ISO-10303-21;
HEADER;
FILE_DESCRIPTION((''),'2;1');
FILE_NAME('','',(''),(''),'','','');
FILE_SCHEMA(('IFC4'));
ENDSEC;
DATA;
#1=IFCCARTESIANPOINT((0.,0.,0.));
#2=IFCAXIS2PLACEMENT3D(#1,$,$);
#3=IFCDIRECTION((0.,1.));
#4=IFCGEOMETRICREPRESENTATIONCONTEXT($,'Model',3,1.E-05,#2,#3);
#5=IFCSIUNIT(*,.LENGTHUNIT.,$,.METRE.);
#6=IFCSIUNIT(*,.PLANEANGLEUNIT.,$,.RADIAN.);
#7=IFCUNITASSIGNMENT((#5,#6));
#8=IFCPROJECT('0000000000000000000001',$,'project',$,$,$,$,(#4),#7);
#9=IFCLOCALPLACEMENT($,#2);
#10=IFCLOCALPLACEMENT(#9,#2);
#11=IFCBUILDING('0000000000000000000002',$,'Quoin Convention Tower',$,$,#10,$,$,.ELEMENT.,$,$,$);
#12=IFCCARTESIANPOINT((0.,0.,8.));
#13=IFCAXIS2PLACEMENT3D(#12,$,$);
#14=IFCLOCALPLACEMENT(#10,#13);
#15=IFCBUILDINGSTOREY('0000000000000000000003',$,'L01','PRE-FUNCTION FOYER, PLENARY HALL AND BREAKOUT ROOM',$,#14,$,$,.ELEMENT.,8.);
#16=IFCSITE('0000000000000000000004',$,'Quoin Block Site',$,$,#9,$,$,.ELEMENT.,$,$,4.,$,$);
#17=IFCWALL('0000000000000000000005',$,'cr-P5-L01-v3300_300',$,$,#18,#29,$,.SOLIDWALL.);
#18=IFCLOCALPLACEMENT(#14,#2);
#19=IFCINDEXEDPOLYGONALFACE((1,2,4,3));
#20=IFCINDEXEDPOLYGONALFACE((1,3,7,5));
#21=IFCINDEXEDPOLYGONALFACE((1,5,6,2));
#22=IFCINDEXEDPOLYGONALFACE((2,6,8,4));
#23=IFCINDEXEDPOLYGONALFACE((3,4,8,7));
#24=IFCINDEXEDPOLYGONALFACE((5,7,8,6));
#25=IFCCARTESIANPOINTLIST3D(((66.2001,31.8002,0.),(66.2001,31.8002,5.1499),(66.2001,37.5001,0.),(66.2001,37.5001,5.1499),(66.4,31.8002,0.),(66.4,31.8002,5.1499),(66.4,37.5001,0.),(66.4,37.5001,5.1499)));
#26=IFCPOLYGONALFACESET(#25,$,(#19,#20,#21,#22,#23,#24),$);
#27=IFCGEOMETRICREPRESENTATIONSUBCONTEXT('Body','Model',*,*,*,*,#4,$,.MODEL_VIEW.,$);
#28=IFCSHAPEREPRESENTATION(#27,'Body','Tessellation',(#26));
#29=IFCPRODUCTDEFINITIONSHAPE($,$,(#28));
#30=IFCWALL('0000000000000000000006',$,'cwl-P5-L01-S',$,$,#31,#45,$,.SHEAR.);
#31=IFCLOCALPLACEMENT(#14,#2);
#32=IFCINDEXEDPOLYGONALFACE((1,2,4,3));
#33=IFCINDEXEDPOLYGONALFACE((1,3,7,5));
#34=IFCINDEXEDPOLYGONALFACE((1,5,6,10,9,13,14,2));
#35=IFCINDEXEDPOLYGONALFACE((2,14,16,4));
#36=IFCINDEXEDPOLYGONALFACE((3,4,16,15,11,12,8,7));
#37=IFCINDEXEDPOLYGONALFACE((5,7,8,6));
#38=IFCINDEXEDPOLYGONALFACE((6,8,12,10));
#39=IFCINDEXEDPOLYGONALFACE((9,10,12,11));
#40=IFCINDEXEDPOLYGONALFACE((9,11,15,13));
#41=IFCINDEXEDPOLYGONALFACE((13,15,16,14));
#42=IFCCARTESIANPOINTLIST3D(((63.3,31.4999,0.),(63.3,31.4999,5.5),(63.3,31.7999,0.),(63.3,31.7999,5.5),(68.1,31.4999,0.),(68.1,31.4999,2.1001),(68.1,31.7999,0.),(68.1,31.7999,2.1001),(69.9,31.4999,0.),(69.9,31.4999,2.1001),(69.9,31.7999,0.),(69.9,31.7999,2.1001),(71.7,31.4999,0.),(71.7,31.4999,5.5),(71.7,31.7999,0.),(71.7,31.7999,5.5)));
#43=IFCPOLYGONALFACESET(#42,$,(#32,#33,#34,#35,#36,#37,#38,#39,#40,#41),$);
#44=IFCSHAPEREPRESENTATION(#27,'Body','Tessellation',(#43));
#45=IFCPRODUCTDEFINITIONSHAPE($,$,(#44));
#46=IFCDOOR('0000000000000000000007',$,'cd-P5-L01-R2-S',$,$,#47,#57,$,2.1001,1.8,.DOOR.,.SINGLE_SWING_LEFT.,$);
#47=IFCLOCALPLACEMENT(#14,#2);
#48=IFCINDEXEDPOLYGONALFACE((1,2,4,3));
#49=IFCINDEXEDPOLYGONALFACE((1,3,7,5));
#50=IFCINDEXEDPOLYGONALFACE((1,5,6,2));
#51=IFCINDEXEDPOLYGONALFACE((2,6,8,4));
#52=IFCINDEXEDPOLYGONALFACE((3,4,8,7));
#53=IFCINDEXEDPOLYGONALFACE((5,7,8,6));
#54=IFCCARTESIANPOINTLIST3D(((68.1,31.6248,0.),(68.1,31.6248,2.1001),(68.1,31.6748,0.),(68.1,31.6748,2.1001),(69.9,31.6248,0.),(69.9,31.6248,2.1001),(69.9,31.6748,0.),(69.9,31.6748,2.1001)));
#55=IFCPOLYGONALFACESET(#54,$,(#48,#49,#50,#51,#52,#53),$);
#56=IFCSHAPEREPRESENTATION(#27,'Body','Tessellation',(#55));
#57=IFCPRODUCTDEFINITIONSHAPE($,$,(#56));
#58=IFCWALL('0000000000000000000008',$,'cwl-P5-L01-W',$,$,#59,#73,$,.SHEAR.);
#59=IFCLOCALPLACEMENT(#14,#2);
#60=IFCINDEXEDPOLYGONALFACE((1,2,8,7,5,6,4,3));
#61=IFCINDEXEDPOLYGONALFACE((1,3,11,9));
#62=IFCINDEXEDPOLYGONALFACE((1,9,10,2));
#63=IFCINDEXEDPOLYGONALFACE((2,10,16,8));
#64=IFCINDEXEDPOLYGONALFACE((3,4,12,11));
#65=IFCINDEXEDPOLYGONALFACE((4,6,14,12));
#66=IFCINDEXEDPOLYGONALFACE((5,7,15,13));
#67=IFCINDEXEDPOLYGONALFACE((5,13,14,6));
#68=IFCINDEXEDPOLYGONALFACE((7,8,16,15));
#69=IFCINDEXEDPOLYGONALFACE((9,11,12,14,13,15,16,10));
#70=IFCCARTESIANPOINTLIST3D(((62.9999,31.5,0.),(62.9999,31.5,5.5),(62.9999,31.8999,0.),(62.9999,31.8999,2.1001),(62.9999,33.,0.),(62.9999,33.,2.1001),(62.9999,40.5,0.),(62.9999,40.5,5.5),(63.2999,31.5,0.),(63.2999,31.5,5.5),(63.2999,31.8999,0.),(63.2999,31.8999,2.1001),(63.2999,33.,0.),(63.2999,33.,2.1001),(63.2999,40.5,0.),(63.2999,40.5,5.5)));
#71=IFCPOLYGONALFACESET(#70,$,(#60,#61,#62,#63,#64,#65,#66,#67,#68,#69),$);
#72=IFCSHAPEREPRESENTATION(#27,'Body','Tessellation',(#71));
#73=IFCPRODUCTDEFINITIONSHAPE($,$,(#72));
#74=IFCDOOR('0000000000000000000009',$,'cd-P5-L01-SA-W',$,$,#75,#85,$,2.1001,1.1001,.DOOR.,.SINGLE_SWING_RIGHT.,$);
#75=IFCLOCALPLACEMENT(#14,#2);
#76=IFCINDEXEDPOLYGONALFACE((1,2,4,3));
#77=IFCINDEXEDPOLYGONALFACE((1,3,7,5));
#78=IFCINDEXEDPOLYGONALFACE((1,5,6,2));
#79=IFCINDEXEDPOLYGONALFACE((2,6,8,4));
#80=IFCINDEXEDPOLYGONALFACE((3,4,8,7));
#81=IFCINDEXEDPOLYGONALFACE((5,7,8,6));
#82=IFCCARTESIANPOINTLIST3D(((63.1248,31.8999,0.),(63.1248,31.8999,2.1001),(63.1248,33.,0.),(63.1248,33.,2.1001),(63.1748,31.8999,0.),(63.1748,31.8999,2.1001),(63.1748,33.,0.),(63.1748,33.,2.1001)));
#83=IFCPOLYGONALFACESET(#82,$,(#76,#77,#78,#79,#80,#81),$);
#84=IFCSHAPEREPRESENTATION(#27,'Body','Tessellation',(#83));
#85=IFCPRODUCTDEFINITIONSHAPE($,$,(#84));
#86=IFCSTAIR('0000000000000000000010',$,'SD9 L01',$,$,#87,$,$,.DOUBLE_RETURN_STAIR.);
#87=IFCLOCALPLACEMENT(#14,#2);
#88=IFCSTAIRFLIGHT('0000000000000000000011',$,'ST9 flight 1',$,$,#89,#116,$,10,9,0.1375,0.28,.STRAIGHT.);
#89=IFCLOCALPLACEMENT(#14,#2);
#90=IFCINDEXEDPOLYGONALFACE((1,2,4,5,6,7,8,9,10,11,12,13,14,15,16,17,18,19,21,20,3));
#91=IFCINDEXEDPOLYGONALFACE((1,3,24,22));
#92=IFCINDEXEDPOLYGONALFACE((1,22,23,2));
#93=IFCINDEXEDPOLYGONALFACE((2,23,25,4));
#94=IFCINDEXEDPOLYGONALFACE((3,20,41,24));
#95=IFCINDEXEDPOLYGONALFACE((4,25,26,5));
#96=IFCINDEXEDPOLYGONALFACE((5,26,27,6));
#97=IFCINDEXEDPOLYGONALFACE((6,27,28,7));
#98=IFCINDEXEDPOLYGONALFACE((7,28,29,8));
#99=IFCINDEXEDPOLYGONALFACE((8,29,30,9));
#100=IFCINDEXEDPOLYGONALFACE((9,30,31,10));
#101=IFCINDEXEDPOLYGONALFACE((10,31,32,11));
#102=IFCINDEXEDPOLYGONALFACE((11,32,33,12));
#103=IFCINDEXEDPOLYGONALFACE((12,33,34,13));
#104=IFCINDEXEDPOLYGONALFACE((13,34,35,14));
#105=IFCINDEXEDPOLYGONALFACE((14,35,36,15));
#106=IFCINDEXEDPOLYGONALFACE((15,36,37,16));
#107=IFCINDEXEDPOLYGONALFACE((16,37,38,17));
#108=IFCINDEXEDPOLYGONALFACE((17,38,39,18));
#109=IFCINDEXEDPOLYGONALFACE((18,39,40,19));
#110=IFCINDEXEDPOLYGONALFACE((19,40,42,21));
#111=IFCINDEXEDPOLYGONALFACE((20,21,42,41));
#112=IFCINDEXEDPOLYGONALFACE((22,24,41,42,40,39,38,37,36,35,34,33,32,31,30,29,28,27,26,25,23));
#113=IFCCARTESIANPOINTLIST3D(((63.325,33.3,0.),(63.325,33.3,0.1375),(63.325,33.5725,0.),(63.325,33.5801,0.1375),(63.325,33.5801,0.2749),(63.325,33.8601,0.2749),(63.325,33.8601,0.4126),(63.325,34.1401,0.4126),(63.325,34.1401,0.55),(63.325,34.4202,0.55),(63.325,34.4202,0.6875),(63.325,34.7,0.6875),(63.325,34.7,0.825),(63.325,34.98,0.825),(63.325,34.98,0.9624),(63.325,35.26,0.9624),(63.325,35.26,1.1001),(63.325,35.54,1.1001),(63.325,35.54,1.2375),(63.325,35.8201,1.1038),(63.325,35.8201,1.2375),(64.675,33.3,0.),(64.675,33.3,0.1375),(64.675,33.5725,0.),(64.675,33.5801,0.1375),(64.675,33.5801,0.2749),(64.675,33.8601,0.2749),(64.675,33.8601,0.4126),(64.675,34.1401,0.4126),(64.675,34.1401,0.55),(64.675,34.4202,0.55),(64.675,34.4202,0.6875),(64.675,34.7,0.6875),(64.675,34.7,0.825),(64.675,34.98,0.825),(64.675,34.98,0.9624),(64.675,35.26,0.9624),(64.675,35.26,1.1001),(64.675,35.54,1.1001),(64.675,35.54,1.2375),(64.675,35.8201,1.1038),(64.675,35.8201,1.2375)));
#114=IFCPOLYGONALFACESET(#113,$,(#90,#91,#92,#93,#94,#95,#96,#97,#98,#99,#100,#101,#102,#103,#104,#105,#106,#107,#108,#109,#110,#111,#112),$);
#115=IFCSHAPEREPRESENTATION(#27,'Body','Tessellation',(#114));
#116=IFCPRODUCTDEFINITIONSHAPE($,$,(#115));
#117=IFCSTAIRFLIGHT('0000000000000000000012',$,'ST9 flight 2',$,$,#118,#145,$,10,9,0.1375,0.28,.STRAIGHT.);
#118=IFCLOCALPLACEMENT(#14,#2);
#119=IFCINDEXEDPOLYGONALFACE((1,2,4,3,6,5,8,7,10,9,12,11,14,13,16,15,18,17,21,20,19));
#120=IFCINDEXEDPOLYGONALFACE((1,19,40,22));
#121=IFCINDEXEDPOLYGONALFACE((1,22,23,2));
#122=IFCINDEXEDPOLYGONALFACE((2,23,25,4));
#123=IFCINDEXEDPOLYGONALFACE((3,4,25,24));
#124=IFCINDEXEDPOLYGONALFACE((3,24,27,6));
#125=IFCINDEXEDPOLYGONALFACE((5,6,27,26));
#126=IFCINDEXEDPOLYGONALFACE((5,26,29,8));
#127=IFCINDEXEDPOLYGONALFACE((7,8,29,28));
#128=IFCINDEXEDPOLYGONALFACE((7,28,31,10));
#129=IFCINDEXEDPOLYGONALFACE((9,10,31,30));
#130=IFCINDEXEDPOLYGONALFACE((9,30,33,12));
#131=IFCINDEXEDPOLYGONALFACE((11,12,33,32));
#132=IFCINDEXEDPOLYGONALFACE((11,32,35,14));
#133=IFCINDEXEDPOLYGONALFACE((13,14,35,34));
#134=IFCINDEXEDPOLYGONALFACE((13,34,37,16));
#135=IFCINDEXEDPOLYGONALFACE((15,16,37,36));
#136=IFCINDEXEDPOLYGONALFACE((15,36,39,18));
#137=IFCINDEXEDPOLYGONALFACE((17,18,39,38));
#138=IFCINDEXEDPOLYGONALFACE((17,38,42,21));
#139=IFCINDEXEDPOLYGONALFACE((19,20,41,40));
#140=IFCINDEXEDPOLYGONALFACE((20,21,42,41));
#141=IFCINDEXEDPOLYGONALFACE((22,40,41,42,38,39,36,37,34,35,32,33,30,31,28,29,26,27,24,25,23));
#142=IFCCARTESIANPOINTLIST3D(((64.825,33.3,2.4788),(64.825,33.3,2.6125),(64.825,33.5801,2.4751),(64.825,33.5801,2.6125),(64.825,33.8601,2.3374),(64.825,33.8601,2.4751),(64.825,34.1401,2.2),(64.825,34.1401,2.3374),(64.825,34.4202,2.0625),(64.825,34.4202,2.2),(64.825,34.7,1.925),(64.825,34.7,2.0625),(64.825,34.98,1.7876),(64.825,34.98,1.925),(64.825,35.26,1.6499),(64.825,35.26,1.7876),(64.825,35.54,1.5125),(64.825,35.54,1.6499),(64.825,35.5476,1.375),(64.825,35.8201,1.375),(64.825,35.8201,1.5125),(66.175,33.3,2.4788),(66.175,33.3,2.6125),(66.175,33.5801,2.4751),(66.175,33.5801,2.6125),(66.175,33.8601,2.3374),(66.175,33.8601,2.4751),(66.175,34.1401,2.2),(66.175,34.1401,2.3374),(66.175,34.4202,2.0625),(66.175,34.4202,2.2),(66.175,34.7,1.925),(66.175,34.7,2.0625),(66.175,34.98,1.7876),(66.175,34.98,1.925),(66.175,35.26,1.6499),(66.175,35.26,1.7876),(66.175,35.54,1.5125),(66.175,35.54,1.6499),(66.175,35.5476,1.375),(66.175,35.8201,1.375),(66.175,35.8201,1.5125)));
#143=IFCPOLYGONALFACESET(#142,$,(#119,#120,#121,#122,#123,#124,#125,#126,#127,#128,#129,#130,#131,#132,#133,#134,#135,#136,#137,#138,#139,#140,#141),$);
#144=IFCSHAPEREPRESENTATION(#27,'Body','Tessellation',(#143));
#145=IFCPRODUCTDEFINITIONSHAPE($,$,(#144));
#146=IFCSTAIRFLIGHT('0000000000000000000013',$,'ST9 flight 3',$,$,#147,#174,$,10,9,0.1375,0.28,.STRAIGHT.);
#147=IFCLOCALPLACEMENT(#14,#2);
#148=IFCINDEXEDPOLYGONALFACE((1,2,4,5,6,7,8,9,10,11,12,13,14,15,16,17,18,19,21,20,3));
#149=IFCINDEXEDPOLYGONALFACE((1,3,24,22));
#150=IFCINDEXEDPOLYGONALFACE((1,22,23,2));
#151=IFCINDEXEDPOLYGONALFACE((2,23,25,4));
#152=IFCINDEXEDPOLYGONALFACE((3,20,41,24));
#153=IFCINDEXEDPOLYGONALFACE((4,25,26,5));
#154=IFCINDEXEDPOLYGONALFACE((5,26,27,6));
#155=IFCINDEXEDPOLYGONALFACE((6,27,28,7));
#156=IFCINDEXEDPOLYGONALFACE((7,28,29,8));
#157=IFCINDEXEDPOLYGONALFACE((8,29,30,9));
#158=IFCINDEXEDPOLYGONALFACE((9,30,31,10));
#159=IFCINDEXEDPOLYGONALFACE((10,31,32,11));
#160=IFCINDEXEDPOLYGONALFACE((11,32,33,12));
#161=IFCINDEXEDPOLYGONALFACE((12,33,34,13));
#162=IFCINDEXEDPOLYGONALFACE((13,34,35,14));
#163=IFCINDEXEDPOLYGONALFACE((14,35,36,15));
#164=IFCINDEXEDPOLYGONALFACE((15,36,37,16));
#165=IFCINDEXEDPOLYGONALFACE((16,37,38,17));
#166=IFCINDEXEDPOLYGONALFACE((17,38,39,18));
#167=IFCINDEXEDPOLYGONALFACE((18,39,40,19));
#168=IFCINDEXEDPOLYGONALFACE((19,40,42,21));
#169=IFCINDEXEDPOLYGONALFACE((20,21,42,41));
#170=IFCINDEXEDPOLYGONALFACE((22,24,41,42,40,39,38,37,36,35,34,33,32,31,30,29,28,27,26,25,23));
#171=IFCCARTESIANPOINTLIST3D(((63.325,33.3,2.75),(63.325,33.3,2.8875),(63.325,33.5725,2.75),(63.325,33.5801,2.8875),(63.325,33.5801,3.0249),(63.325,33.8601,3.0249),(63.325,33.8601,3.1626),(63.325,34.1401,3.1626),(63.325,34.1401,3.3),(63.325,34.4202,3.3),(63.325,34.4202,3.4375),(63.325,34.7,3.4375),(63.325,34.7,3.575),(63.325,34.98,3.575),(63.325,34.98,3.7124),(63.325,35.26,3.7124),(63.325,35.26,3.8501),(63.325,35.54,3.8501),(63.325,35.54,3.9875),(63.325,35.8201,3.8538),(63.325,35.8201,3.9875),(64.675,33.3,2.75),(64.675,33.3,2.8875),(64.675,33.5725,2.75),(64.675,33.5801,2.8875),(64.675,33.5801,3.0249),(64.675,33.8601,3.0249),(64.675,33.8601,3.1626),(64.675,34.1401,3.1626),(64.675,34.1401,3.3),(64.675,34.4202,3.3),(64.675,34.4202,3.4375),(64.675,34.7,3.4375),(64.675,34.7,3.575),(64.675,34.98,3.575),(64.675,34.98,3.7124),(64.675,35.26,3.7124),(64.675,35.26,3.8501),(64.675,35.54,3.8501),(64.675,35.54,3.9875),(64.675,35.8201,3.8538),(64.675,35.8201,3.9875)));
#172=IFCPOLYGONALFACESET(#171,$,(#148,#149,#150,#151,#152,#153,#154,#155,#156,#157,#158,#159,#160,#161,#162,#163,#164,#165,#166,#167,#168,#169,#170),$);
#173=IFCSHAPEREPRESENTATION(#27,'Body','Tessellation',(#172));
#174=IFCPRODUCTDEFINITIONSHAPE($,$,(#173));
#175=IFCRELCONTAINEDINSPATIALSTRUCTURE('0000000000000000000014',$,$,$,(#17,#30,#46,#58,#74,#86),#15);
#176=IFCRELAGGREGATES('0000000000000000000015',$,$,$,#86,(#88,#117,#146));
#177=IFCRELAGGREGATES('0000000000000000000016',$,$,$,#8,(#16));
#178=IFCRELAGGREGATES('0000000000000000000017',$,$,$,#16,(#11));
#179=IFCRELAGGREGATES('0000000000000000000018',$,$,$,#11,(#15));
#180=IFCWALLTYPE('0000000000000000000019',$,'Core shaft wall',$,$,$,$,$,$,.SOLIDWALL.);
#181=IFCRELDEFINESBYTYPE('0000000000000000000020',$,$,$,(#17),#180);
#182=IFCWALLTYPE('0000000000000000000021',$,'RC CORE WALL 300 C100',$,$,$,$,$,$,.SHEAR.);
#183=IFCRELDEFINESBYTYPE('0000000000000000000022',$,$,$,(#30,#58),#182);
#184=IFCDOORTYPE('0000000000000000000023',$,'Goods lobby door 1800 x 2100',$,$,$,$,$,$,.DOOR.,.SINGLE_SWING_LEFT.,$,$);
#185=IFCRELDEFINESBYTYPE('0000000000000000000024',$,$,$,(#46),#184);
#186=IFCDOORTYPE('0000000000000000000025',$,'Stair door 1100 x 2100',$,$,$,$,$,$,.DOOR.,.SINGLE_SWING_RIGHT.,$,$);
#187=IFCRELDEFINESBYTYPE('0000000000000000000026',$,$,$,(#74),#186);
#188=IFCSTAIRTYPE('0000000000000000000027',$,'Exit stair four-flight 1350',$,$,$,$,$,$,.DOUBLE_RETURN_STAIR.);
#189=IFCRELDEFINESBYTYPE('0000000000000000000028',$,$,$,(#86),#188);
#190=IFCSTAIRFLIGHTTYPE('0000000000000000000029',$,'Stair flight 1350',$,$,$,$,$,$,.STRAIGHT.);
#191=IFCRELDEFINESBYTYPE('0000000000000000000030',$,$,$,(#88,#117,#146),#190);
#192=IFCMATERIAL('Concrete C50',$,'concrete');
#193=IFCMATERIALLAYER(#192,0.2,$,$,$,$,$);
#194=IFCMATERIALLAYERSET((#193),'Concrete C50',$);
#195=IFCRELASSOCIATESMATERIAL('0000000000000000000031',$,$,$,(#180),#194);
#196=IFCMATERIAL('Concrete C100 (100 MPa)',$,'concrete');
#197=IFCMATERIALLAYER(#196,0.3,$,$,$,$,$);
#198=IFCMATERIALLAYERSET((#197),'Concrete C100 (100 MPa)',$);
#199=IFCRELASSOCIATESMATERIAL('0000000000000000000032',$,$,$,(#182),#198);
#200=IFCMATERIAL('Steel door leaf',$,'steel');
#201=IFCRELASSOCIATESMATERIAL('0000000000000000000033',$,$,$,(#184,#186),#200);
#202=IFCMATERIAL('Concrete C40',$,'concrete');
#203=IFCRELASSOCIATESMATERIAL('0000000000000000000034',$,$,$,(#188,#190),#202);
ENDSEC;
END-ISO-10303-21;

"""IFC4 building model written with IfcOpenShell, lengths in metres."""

from ifc_helpers import new_model, si_unit, direction, frame, frame_2d, origin, place, context, subcontext, project, spatial, polyline, rectangle, outline, extrude, material, layer, layer_set, type_object, element, fill, aggregate, save


model = new_model("IFC4")

# Units and contexts
model_context = context("Model", 3, precision=1e-05, world=origin(), true_north=direction((0.0, 1.0)))
body_context = subcontext(model_context, "Body", "Model", "MODEL_VIEW")
ifc_project = project(units=[si_unit("LENGTHUNIT", "METRE"), si_unit("PLANEANGLEUNIT", "RADIAN")], contexts=[model_context])

# Site, building, storey
site_placement = place(None, origin())
site = spatial("IfcSite", under=ifc_project, at=site_placement, Name="Quoin Block Site", CompositionType="ELEMENT", RefElevation=4.0)
building_placement = place(site_placement, origin())
building = spatial("IfcBuilding", under=site, at=building_placement, Name="Quoin Convention Tower", CompositionType="ELEMENT")
storey_placement = place(building_placement, frame((0.0, 0.0, 8.0)))
storey = spatial("IfcBuildingStorey", under=building, at=storey_placement, Name="L01", Description="PRE-FUNCTION FOYER, PLENARY HALL AND BREAKOUT ROOM", CompositionType="ELEMENT", Elevation=8.0)

# Shared definitions
ifc_material_1 = material(Name="Concrete C100 (100 MPa)", Category="concrete")

# Shared definitions
ifc_material_2 = material(Name="Steel door leaf", Category="steel")

# Shared definitions
ifc_material_3 = material(Name="Concrete C50", Category="concrete")
ifc_layer_1 = layer(ifc_material_3, 0.2)
ifc_layer_set_1 = layer_set([ifc_layer_1], Name="Concrete C50")
wall_type_1 = type_object("IfcWallType", Name="Core shaft wall", PredefinedType="SOLIDWALL", material=ifc_layer_set_1)

# Wall
wall_1_placement = place(storey_placement, frame((66.3, 31.8, 0.0), z_axis=(0.0, 0.0, 1.0), x_axis=(0.0, 1.0, 0.0)))
element("IfcWall", 1, at=wall_1_placement, inside=storey, type_object=wall_type_1, Name="cr-P5-L01-v3300_300", PredefinedType="SOLIDWALL", context=body_context, shape_type="SweptSolid", body=[
    extrude(rectangle(XDim=5.7, YDim=0.2, at=frame_2d((2.8501, 0.0))), origin(), (0.0, 0.0, 1.0), 5.1499),
])

# Walls, openings, doors
ifc_layer_2 = layer(ifc_material_1, 0.3)
ifc_layer_set_2 = layer_set([ifc_layer_2], Name="Concrete C100 (100 MPa)")
wall_type_2 = type_object("IfcWallType", Name="RC CORE WALL 300 C100", PredefinedType="SHEAR", material=ifc_layer_set_2)
wall_2_placement = place(storey_placement, frame((63.3, 31.6499, 0.0), z_axis=(0.0, 0.0, 1.0), x_axis=(1.0, 0.0, 0.0)))
wall_2 = element("IfcWall", 2, at=wall_2_placement, inside=storey, type_object=wall_type_2, Name="cwl-P5-L01-S", PredefinedType="SHEAR", context=body_context, shape_type="SweptSolid", body=[
    extrude(rectangle(XDim=8.3999, YDim=0.3, at=frame_2d((4.2, 0.0))), origin(), (0.0, 0.0, 1.0), 5.5),
])
opening_1_placement = place(wall_2_placement, frame((4.8, 0.0, 0.0)))
opening_1 = element("IfcOpeningElement", 3, at=opening_1_placement, cuts=wall_2, PredefinedType="OPENING", context=body_context, shape_type="SweptSolid", body=[
    extrude(rectangle(XDim=1.8, YDim=2.1001, at=frame_2d((0.8999, 1.05))), frame((0.0, 0.1599, 0.0), z_axis=(0.0, -1.0, 0.0), x_axis=(1.0, 0.0, 0.0)), (0.0, 0.0, 1.0), 0.3201),
])
door_type_1 = type_object("IfcDoorType", Name="Goods lobby door 1800 x 2100", OperationType="SINGLE_SWING_LEFT", PredefinedType="DOOR", material=ifc_material_2)
door_1_placement = place(opening_1_placement, origin())
door_1 = element("IfcDoor", 4, at=door_1_placement, inside=storey, type_object=door_type_1, Name="cd-P5-L01-R2-S", OperationType="SINGLE_SWING_LEFT", OverallHeight=2.1001, OverallWidth=1.8, PredefinedType="DOOR", context=body_context, shape_type="SweptSolid", body=[
    extrude(rectangle(XDim=1.8, YDim=2.1001, at=frame_2d((0.8999, 1.05))), frame((0.0, 0.0249, 0.0), z_axis=(0.0, -1.0, 0.0), x_axis=(1.0, 0.0, 0.0)), (0.0, 0.0, 1.0), 0.05),
])
fill(opening_1, door_1)
wall_3_placement = place(storey_placement, frame((63.1499, 31.5, 0.0), z_axis=(0.0, 0.0, 1.0), x_axis=(0.0, 1.0, 0.0)))
wall_3 = element("IfcWall", 5, at=wall_3_placement, inside=storey, type_object=wall_type_2, Name="cwl-P5-L01-W", PredefinedType="SHEAR", context=body_context, shape_type="SweptSolid", body=[
    extrude(rectangle(XDim=9.0, YDim=0.3, at=frame_2d((4.5, 0.0))), origin(), (0.0, 0.0, 1.0), 5.5),
])
opening_2_placement = place(wall_3_placement, frame((0.3999, 0.0, 0.0)))
opening_2 = element("IfcOpeningElement", 6, at=opening_2_placement, cuts=wall_3, PredefinedType="OPENING", context=body_context, shape_type="SweptSolid", body=[
    extrude(rectangle(XDim=1.1001, YDim=2.1001, at=frame_2d((0.55, 1.05))), frame((0.0, 0.1599, 0.0), z_axis=(0.0, -1.0, 0.0), x_axis=(1.0, 0.0, 0.0)), (0.0, 0.0, 1.0), 0.3201),
])
door_type_2 = type_object("IfcDoorType", Name="Stair door 1100 x 2100", OperationType="SINGLE_SWING_RIGHT", PredefinedType="DOOR", material=ifc_material_2)
door_2_placement = place(opening_2_placement, frame((1.1001, 0.0, 0.0), z_axis=(0.0, 0.0, 1.0), x_axis=(-1.0, 0.0, 0.0)))
door_2 = element("IfcDoor", 7, at=door_2_placement, inside=storey, type_object=door_type_2, Name="cd-P5-L01-SA-W", OperationType="SINGLE_SWING_RIGHT", OverallHeight=2.1001, OverallWidth=1.1001, PredefinedType="DOOR", context=body_context, shape_type="SweptSolid", body=[
    extrude(rectangle(XDim=1.1001, YDim=2.1001, at=frame_2d((0.55, 1.05))), frame((0.0, 0.0249, 0.0), z_axis=(0.0, -1.0, 0.0), x_axis=(1.0, 0.0, 0.0)), (0.0, 0.0, 1.0), 0.05),
])
fill(opening_2, door_2)

# Stair, stair flights
ifc_material_4 = material(Name="Concrete C40", Category="concrete")
stair_type = type_object("IfcStairType", Name="Exit stair four-flight 1350", PredefinedType="DOUBLE_RETURN_STAIR", material=ifc_material_4)
stair_placement = place(storey_placement, origin())
stair = element("IfcStair", 8, at=stair_placement, inside=storey, type_object=stair_type, Name="SD9 L01", PredefinedType="DOUBLE_RETURN_STAIR")
stair_flight_type = type_object("IfcStairFlightType", Name="Stair flight 1350", PredefinedType="STRAIGHT", material=ifc_material_4)
stair_flight_1_placement = place(storey_placement, frame((64.0, 33.3, 0.0), z_axis=(0.0, 0.0, 1.0), x_axis=(0.0, 1.0, 0.0)))
stair_flight_1 = element("IfcStairFlight", 9, at=stair_flight_1_placement, type_object=stair_flight_type, Name="ST9 flight 1", NumberOfRisers=10, NumberOfTreads=9, PredefinedType="STRAIGHT", RiserHeight=0.1375, TreadLength=0.28, context=body_context, shape_type="SweptSolid", body=[
    extrude(outline(polyline([(0.0, 0.0), (0.0, 0.1375), (0.28, 0.1375), (0.28, 0.2749), (0.5601, 0.2749), (0.5601, 0.4126), (0.8401, 0.4126), (0.8401, 0.55), (1.1201, 0.55), (1.1201, 0.6875), (1.3999, 0.6875), (1.3999, 0.825), (1.6799, 0.825), (1.6799, 0.9624), (1.96, 0.9624), (1.96, 1.1001), (2.24, 1.1001), (2.24, 1.2375), (2.52, 1.2375), (2.52, 1.375), (2.52, 1.1038), (0.2725, 0.0), (0.0, 0.0)])), frame((0.0, 0.675, 0.0), z_axis=(0.0, -1.0, 0.0), x_axis=(1.0, 0.0, 0.0)), (0.0, 0.0, 1.0), 1.3501),
])
stair_flight_2_placement = place(storey_placement, frame((65.5, 35.8201, 1.375), z_axis=(0.0, 0.0, 1.0), x_axis=(0.0, -1.0, 0.0)))
stair_flight_2 = element("IfcStairFlight", 10, at=stair_flight_2_placement, type_object=stair_flight_type, Name="ST9 flight 2", NumberOfRisers=10, NumberOfTreads=9, PredefinedType="STRAIGHT", RiserHeight=0.1375, TreadLength=0.28, context=body_context, shape_type="SweptSolid", body=[
    extrude(outline(polyline([(0.0, 0.0), (0.0, 0.1375), (0.28, 0.1375), (0.28, 0.2749), (0.5601, 0.2749), (0.5601, 0.4126), (0.8401, 0.4126), (0.8401, 0.55), (1.1201, 0.55), (1.1201, 0.6875), (1.3999, 0.6875), (1.3999, 0.825), (1.6799, 0.825), (1.6799, 0.9624), (1.96, 0.9624), (1.96, 1.1001), (2.24, 1.1001), (2.24, 1.2375), (2.52, 1.2375), (2.52, 1.375), (2.52, 1.1038), (0.2725, 0.0), (0.0, 0.0)])), frame((0.0, 0.675, 0.0), z_axis=(0.0, -1.0, 0.0), x_axis=(1.0, 0.0, 0.0)), (0.0, 0.0, 1.0), 1.3501),
])
stair_flight_3_placement = place(storey_placement, frame((64.0, 33.3, 2.75), z_axis=(0.0, 0.0, 1.0), x_axis=(0.0, 1.0, 0.0)))
stair_flight_3 = element("IfcStairFlight", 11, at=stair_flight_3_placement, type_object=stair_flight_type, Name="ST9 flight 3", NumberOfRisers=10, NumberOfTreads=9, PredefinedType="STRAIGHT", RiserHeight=0.1375, TreadLength=0.28, context=body_context, shape_type="SweptSolid", body=[
    extrude(outline(polyline([(0.0, 0.0), (0.0, 0.1375), (0.28, 0.1375), (0.28, 0.2749), (0.5601, 0.2749), (0.5601, 0.4126), (0.8401, 0.4126), (0.8401, 0.55), (1.1201, 0.55), (1.1201, 0.6875), (1.3999, 0.6875), (1.3999, 0.825), (1.6799, 0.825), (1.6799, 0.9624), (1.96, 0.9624), (1.96, 1.1001), (2.24, 1.1001), (2.24, 1.2375), (2.52, 1.2375), (2.52, 1.375), (2.52, 1.1038), (0.2725, 0.0), (0.0, 0.0)])), frame((0.0, 0.675, 0.0), z_axis=(0.0, -1.0, 0.0), x_axis=(1.0, 0.0, 0.0)), (0.0, 0.0, 1.0), 1.3501),
])
aggregate(stair, [stair_flight_1, stair_flight_2, stair_flight_3])

save(model, "model.ifc")
